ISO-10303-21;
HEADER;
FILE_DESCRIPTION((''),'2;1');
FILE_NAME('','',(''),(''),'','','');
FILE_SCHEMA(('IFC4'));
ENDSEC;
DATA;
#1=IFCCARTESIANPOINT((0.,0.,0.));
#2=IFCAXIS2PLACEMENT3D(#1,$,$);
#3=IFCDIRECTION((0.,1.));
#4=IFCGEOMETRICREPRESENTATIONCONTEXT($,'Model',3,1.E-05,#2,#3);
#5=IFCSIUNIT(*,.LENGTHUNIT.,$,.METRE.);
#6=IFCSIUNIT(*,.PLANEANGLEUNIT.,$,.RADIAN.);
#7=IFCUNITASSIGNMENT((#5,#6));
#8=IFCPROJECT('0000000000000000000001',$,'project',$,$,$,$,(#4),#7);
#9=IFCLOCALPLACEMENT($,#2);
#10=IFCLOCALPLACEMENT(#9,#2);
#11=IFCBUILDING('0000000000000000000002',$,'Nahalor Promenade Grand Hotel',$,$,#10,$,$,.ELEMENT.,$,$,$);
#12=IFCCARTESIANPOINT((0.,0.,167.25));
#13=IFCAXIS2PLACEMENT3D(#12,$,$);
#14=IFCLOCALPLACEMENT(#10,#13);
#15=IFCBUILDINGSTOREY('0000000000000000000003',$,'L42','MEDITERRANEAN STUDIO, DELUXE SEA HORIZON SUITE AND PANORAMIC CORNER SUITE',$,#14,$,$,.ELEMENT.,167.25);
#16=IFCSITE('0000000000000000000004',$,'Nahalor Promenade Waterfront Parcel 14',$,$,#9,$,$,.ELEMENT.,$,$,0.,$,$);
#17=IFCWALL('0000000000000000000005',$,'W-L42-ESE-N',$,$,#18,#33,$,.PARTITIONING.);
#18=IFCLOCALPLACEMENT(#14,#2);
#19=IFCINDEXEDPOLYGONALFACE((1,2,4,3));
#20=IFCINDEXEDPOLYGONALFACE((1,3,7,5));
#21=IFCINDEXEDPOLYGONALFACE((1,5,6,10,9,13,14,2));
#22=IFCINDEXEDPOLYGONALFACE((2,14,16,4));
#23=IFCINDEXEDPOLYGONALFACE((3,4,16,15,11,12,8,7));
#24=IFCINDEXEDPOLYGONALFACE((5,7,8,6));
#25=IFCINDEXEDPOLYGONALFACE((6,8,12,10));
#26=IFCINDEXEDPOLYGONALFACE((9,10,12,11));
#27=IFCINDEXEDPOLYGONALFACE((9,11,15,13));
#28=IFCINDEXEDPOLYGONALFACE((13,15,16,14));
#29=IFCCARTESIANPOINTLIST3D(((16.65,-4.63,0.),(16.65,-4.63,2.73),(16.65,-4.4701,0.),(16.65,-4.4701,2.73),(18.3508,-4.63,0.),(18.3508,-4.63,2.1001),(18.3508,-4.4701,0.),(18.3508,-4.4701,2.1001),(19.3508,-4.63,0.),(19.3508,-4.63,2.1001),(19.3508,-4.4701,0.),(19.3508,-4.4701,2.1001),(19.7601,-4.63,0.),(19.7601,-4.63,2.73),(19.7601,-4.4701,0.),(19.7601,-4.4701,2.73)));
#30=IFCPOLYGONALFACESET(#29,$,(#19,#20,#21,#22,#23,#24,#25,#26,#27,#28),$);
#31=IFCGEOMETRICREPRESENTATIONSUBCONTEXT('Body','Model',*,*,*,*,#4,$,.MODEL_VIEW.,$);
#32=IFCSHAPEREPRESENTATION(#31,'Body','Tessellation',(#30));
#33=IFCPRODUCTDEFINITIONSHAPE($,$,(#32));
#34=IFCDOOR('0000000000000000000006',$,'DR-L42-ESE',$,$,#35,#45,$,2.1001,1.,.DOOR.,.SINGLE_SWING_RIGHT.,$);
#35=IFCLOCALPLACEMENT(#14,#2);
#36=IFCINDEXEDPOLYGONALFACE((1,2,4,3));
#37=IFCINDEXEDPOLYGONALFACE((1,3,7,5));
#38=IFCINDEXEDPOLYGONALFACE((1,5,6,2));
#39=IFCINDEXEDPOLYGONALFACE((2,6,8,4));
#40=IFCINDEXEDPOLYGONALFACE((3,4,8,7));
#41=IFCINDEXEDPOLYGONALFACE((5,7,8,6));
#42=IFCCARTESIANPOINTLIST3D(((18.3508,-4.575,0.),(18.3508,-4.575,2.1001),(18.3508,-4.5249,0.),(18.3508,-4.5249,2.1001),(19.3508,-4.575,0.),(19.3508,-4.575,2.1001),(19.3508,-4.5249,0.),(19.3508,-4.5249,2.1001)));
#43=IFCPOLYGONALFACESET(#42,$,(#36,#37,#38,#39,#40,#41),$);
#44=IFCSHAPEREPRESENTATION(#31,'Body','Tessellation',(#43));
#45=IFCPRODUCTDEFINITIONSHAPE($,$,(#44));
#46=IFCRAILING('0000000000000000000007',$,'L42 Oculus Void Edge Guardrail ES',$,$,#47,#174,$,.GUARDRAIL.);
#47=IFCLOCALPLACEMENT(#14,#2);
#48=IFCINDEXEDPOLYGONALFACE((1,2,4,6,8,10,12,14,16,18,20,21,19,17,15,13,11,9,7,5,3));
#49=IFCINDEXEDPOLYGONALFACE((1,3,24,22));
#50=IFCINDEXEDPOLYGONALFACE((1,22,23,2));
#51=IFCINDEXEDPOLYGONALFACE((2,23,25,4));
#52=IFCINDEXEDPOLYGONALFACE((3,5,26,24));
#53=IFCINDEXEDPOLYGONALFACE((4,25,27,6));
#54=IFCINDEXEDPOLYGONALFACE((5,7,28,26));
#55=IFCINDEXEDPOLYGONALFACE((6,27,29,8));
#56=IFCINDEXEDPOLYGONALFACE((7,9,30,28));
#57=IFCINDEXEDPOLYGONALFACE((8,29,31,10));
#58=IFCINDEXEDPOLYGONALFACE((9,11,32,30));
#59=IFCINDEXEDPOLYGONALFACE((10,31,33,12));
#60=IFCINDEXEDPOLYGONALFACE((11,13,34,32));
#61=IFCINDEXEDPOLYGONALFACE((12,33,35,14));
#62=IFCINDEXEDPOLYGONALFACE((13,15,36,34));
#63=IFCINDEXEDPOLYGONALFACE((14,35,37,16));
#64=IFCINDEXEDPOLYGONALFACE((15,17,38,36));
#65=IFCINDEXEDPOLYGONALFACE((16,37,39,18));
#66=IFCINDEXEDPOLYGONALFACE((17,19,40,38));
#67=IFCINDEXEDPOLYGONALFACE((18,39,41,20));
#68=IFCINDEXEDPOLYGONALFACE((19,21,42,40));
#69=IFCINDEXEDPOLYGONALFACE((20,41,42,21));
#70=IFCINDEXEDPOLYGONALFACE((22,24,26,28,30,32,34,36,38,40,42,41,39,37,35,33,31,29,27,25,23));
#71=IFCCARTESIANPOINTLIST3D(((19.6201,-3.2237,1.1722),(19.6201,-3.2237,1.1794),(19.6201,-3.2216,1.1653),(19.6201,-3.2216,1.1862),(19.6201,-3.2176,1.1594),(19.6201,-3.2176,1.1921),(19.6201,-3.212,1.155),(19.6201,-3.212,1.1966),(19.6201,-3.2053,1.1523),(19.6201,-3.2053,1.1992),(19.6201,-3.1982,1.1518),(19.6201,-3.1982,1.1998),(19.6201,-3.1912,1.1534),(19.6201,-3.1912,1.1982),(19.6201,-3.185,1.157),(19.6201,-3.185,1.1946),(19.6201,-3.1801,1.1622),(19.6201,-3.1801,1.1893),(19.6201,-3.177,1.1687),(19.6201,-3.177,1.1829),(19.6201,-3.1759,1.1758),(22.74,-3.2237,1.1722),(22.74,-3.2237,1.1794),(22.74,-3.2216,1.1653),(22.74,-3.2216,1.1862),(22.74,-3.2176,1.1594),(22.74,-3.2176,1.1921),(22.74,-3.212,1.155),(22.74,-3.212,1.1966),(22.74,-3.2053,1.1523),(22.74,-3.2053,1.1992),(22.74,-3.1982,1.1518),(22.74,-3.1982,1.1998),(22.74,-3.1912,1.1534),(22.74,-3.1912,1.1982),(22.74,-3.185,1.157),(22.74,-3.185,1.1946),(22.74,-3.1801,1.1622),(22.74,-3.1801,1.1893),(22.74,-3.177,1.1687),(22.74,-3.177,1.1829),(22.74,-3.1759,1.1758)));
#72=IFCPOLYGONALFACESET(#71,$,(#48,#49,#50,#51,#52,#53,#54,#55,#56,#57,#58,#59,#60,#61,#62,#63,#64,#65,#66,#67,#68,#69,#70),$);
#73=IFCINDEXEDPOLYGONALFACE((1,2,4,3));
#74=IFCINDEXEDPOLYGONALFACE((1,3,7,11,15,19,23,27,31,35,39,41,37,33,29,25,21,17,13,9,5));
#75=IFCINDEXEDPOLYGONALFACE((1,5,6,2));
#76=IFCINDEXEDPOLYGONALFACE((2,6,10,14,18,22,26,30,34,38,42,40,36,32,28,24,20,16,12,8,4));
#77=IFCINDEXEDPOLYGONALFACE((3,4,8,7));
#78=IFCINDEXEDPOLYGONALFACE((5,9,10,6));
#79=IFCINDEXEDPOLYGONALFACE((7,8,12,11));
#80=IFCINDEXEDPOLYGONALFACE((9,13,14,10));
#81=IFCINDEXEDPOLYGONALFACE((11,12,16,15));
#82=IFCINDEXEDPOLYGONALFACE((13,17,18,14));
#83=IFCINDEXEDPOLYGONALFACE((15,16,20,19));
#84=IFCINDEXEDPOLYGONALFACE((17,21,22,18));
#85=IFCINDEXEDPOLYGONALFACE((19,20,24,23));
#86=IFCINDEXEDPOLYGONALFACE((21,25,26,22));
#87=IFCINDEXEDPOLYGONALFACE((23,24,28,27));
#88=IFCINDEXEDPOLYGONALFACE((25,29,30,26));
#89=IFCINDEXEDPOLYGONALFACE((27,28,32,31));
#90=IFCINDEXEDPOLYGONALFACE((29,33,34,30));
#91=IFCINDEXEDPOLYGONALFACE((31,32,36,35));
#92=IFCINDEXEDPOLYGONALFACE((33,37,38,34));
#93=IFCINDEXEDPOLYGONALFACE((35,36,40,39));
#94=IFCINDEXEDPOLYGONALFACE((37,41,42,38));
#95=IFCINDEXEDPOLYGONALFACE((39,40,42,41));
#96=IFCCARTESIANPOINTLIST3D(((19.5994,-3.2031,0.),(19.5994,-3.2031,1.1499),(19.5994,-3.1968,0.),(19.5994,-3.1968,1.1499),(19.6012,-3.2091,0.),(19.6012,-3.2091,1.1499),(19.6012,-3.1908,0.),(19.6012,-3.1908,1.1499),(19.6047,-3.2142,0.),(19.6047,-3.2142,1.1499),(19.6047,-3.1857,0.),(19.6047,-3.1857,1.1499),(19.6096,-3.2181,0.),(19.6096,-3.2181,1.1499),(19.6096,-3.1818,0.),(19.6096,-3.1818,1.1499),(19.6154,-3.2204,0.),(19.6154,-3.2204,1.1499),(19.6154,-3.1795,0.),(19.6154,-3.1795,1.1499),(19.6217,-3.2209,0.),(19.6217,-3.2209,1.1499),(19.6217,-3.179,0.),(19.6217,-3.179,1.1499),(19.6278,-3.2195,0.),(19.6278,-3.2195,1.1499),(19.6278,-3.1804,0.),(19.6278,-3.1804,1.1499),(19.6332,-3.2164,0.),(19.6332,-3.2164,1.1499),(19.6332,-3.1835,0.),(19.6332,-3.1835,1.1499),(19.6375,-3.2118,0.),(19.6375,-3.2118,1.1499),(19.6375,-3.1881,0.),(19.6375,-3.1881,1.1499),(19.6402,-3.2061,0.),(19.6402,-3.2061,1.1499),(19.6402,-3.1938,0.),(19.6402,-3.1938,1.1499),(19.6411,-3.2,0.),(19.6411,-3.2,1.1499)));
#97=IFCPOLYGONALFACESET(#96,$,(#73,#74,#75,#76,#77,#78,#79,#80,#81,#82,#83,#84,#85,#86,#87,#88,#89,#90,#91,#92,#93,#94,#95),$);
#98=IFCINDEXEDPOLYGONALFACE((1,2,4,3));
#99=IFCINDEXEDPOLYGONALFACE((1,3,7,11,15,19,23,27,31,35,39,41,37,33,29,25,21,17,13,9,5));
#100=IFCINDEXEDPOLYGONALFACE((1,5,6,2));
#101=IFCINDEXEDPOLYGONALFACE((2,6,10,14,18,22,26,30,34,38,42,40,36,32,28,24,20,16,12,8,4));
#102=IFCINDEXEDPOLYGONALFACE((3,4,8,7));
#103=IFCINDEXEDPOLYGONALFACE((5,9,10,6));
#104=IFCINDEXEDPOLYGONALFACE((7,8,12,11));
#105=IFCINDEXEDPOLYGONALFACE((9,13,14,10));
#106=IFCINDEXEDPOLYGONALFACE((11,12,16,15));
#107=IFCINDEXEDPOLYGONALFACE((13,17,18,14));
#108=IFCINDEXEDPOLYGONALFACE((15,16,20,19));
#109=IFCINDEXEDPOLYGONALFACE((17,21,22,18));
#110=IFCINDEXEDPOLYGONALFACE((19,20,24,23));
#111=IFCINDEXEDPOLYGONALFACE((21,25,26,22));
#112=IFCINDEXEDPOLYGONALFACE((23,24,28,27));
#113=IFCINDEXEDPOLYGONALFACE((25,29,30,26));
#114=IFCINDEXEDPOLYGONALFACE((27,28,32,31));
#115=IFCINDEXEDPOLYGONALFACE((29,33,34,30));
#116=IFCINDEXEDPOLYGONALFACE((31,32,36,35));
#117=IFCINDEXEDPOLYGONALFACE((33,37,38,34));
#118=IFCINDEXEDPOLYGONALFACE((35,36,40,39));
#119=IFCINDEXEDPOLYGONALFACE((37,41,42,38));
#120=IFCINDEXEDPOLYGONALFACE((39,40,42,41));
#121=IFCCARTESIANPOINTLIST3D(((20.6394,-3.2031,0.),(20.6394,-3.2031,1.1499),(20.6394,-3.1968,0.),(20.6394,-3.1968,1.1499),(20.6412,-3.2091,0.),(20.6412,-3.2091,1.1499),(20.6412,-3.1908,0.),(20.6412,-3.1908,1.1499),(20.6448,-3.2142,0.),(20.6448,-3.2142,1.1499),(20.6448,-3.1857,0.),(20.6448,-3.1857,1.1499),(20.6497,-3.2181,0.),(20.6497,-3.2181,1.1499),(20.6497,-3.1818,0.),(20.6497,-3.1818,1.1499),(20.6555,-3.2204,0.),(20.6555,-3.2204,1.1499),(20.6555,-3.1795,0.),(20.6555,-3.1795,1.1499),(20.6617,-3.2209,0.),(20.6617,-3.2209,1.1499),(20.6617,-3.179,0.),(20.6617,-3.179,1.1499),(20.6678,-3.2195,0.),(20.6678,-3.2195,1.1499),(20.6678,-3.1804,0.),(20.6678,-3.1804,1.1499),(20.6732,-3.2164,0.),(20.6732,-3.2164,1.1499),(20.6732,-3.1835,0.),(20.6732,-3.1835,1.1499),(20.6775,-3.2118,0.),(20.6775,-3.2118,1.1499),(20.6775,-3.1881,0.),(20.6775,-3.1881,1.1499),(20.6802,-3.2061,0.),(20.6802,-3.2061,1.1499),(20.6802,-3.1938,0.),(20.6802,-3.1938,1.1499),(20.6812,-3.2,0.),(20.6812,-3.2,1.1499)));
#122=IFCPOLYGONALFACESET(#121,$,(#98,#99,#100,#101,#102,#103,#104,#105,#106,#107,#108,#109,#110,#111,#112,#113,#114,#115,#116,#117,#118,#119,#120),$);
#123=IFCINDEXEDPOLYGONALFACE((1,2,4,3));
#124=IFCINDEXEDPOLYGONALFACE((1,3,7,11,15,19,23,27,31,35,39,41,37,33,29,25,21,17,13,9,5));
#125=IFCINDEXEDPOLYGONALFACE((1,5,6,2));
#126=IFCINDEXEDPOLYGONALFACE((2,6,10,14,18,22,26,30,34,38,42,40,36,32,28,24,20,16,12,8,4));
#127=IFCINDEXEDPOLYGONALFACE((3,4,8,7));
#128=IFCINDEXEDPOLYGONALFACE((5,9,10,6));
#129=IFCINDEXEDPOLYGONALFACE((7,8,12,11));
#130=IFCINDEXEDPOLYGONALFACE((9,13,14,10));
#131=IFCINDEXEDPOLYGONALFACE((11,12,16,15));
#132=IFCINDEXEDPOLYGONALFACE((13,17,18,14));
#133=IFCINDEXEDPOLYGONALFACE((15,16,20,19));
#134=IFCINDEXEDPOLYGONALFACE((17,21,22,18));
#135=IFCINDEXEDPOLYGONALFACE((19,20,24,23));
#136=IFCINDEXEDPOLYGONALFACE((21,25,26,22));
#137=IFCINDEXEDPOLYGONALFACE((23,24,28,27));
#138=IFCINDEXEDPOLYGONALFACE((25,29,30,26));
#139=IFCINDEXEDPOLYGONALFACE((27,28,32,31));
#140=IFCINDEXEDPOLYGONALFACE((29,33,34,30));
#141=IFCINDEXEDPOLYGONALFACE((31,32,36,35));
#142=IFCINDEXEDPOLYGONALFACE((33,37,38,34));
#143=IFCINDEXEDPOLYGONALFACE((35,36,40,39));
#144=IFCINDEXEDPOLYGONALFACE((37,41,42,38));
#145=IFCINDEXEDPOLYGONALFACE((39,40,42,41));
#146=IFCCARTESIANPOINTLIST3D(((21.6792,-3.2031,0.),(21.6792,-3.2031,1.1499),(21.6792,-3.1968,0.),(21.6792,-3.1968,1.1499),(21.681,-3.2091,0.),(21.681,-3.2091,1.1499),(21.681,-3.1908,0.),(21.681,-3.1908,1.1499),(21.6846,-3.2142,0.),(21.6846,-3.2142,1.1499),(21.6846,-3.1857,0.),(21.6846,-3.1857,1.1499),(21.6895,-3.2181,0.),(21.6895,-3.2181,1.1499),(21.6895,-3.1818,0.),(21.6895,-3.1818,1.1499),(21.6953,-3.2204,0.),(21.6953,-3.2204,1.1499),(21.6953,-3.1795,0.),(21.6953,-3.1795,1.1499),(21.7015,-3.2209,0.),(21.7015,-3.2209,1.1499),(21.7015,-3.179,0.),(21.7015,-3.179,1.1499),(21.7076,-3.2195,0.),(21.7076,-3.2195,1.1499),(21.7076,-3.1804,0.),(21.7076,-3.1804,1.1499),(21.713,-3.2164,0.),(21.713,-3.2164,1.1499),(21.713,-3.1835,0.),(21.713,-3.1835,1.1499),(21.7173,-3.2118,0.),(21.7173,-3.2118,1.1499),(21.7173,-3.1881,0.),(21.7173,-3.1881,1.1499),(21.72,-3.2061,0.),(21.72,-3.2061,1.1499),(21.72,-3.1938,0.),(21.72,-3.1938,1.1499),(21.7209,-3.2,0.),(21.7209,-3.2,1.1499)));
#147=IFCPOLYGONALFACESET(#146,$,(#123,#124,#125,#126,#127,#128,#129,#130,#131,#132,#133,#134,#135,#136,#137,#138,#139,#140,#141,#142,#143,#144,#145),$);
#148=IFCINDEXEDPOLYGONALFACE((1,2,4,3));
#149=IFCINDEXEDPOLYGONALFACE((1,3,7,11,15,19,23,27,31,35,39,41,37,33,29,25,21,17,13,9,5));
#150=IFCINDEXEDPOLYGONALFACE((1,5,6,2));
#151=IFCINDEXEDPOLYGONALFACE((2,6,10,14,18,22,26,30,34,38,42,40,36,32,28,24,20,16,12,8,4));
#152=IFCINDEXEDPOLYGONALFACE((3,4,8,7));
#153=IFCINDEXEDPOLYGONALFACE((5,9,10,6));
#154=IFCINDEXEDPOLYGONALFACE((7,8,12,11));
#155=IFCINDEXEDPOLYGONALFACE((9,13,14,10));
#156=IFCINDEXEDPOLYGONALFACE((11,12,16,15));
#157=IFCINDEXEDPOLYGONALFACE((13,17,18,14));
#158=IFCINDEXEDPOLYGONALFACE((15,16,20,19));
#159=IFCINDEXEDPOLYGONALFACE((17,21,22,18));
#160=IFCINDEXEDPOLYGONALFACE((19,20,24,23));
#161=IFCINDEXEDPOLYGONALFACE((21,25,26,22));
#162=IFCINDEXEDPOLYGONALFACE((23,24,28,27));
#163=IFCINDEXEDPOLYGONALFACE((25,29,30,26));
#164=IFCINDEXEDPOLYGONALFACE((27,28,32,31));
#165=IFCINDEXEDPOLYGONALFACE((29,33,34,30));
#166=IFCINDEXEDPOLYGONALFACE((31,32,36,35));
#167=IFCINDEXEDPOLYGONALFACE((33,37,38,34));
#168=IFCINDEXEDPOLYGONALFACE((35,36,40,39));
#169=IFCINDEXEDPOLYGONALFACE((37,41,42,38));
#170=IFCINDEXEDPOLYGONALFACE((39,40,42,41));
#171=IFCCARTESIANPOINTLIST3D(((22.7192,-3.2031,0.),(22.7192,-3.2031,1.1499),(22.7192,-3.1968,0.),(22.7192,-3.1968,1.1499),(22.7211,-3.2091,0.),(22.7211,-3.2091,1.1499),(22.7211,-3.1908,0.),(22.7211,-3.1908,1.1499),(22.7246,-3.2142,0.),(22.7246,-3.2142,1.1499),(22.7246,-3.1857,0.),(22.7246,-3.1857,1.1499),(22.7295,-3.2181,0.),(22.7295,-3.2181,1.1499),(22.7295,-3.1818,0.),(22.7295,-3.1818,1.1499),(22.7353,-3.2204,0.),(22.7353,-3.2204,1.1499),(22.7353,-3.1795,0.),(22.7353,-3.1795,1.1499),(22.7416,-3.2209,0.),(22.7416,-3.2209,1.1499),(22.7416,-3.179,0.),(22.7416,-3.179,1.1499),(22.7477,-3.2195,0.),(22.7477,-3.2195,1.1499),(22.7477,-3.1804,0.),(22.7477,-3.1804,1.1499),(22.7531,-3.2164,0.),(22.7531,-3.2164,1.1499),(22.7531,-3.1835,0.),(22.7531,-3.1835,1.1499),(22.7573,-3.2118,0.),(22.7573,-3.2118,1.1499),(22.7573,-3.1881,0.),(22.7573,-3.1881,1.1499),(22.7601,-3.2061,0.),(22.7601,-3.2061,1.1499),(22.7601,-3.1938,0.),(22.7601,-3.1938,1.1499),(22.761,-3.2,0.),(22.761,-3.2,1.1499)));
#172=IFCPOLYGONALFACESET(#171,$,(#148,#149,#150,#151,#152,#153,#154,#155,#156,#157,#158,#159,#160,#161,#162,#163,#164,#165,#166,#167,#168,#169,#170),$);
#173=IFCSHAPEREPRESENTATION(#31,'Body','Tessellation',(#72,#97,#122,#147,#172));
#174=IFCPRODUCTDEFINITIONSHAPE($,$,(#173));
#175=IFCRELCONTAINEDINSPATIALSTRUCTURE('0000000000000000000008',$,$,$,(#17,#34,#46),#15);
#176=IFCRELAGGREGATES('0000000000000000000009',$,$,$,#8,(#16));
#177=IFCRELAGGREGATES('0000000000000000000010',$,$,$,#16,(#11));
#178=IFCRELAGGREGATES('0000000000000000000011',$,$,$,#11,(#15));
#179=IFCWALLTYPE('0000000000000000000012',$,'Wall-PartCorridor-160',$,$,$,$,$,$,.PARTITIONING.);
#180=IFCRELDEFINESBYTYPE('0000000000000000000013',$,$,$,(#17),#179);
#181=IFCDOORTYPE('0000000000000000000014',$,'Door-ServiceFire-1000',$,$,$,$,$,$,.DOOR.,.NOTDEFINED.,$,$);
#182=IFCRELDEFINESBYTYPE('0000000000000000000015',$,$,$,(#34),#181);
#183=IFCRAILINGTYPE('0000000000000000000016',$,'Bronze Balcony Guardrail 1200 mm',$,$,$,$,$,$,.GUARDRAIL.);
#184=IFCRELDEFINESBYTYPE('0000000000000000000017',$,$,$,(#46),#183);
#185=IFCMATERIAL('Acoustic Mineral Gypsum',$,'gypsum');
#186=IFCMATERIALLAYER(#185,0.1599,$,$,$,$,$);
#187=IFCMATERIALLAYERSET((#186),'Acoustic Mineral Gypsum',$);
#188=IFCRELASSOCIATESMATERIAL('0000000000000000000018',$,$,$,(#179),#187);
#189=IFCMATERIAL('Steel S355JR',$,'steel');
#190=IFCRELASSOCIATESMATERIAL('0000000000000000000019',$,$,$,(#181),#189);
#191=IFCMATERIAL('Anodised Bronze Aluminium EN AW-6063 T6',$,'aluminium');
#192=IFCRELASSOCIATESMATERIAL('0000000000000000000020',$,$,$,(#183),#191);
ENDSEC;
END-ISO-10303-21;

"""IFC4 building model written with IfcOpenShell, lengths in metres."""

from ifc_helpers import new_model, si_unit, direction, frame, frame_2d, origin, origin_2d, place, context, subcontext, project, spatial, rectangle, circle, extrude, source, transform, mapped, material, layer, layer_set, type_object, element, fill, save


model = new_model("IFC4")

# Units and contexts
model_context = context("Model", 3, precision=1e-05, world=origin(), true_north=direction((0.0, 1.0)))
body_context = subcontext(model_context, "Body", "Model", "MODEL_VIEW")
ifc_project = project(units=[si_unit("LENGTHUNIT", "METRE"), si_unit("PLANEANGLEUNIT", "RADIAN")], contexts=[model_context])

# Site, building, storey
site_placement = place(None, origin())
site = spatial("IfcSite", under=ifc_project, at=site_placement, Name="Nahalor Promenade Waterfront Parcel 14", CompositionType="ELEMENT", RefElevation=0.0)
building_placement = place(site_placement, origin())
building = spatial("IfcBuilding", under=site, at=building_placement, Name="Nahalor Promenade Grand Hotel", CompositionType="ELEMENT")
storey_placement = place(building_placement, frame((0.0, 0.0, 167.25)))
storey = spatial("IfcBuildingStorey", under=building, at=storey_placement, Name="L42", Description="MEDITERRANEAN STUDIO, DELUXE SEA HORIZON SUITE AND PANORAMIC CORNER SUITE", CompositionType="ELEMENT", Elevation=167.25)

# Shared definitions
ifc_material_1 = material(Name="Steel S355JR", Category="steel")

# Shared definitions
ifc_material_2 = material(Name="Anodised Bronze Aluminium EN AW-6063 T6", Category="aluminium")

# Wall, opening, door
ifc_material_3 = material(Name="Acoustic Mineral Gypsum", Category="gypsum")
ifc_layer_1 = layer(ifc_material_3, 0.1599)
ifc_layer_set_1 = layer_set([ifc_layer_1], Name="Acoustic Mineral Gypsum")
wall_type_1 = type_object("IfcWallType", Name="Wall-PartCorridor-160", PredefinedType="PARTITIONING", material=ifc_layer_set_1)
shared_shape_1 = source(origin(), body_context, "Body", "SweptSolid", [
    extrude(rectangle(XDim=3.1101, YDim=0.1599, at=frame_2d((1.5552, 0.0))), origin(), (0.0, 0.0, 1.0), 2.73),
])
wall_1_placement = place(storey_placement, frame((16.6499, -4.55, 0.0), z_axis=(0.0, 0.0, 1.0), x_axis=(1.0, 0.0, 0.0)))
wall_1 = element("IfcWall", 1, at=wall_1_placement, inside=storey, type_object=wall_type_1, Name="W-L42-ESE-N", PredefinedType="PARTITIONING", context=body_context, shape_type="MappedRepresentation", body=[
    mapped(shared_shape_1, transform((0.0, 0.0, 0.0), scale=1.0)),
])
opening_1_placement = place(wall_1_placement, frame((1.7009, 0.0, 0.0)))
opening_1 = element("IfcOpeningElement", 2, at=opening_1_placement, cuts=wall_1, PredefinedType="OPENING", context=body_context, shape_type="SweptSolid", body=[
    extrude(rectangle(XDim=1.0, YDim=2.1001, at=frame_2d((0.5, 1.05))), frame((0.0, 0.0898, 0.0), z_axis=(0.0, -1.0, 0.0), x_axis=(1.0, 0.0, 0.0)), (0.0, 0.0, 1.0), 0.1799),
])
door_type_1 = type_object("IfcDoorType", Name="Door-ServiceFire-1000", OperationType="NOTDEFINED", PredefinedType="DOOR", material=ifc_material_1)
shared_shape_2 = source(origin(), body_context, "Body", "SweptSolid", [
    extrude(rectangle(XDim=1.0, YDim=2.1001, at=frame_2d((0.5, 1.05))), frame((0.0, 0.0249, 0.0), z_axis=(0.0, -1.0, 0.0), x_axis=(1.0, 0.0, 0.0)), (0.0, 0.0, 1.0), 0.05),
])
door_1_placement = place(opening_1_placement, frame((1.0, 0.0, 0.0), z_axis=(0.0, 0.0, 1.0), x_axis=(-1.0, 0.0, 0.0)))
door_1 = element("IfcDoor", 3, at=door_1_placement, inside=storey, type_object=door_type_1, Name="DR-L42-ESE", OperationType="SINGLE_SWING_RIGHT", OverallHeight=2.1001, OverallWidth=1.0, PredefinedType="DOOR", context=body_context, shape_type="MappedRepresentation", body=[
    mapped(shared_shape_2, transform((0.0, 0.0, 0.0), scale=1.0)),
])
fill(opening_1, door_1)

# Railing
railing_type = type_object("IfcRailingType", Name="Bronze Balcony Guardrail 1200 mm", PredefinedType="GUARDRAIL", material=ifc_material_2)
railing_placement = place(storey_placement, frame((19.6201, -3.2, 0.0)))
element("IfcRailing", 4, at=railing_placement, inside=storey, type_object=railing_type, Name="L42 Oculus Void Edge Guardrail ES", PredefinedType="GUARDRAIL", context=body_context, shape_type="SweptSolid", body=[
    extrude(circle(Radius=0.024, at=origin_2d()), frame((0.0, 0.0, 1.1758), z_axis=(1.0, 0.0, 0.0), x_axis=(0.0, 1.0, 0.0)), (0.0, 0.0, 1.0), 3.1199),
    extrude(circle(Radius=0.021, at=origin_2d()), origin(), (0.0, 0.0, 1.0), 1.1499),
    extrude(circle(Radius=0.021, at=origin_2d()), frame((1.04, 0.0, 0.0)), (0.0, 0.0, 1.0), 1.1499),
    extrude(circle(Radius=0.021, at=origin_2d()), frame((2.0798, 0.0, 0.0)), (0.0, 0.0, 1.0), 1.1499),
    extrude(circle(Radius=0.021, at=origin_2d()), frame((3.1199, 0.0, 0.0)), (0.0, 0.0, 1.0), 1.1499),
])

save(model, "model.ifc")
